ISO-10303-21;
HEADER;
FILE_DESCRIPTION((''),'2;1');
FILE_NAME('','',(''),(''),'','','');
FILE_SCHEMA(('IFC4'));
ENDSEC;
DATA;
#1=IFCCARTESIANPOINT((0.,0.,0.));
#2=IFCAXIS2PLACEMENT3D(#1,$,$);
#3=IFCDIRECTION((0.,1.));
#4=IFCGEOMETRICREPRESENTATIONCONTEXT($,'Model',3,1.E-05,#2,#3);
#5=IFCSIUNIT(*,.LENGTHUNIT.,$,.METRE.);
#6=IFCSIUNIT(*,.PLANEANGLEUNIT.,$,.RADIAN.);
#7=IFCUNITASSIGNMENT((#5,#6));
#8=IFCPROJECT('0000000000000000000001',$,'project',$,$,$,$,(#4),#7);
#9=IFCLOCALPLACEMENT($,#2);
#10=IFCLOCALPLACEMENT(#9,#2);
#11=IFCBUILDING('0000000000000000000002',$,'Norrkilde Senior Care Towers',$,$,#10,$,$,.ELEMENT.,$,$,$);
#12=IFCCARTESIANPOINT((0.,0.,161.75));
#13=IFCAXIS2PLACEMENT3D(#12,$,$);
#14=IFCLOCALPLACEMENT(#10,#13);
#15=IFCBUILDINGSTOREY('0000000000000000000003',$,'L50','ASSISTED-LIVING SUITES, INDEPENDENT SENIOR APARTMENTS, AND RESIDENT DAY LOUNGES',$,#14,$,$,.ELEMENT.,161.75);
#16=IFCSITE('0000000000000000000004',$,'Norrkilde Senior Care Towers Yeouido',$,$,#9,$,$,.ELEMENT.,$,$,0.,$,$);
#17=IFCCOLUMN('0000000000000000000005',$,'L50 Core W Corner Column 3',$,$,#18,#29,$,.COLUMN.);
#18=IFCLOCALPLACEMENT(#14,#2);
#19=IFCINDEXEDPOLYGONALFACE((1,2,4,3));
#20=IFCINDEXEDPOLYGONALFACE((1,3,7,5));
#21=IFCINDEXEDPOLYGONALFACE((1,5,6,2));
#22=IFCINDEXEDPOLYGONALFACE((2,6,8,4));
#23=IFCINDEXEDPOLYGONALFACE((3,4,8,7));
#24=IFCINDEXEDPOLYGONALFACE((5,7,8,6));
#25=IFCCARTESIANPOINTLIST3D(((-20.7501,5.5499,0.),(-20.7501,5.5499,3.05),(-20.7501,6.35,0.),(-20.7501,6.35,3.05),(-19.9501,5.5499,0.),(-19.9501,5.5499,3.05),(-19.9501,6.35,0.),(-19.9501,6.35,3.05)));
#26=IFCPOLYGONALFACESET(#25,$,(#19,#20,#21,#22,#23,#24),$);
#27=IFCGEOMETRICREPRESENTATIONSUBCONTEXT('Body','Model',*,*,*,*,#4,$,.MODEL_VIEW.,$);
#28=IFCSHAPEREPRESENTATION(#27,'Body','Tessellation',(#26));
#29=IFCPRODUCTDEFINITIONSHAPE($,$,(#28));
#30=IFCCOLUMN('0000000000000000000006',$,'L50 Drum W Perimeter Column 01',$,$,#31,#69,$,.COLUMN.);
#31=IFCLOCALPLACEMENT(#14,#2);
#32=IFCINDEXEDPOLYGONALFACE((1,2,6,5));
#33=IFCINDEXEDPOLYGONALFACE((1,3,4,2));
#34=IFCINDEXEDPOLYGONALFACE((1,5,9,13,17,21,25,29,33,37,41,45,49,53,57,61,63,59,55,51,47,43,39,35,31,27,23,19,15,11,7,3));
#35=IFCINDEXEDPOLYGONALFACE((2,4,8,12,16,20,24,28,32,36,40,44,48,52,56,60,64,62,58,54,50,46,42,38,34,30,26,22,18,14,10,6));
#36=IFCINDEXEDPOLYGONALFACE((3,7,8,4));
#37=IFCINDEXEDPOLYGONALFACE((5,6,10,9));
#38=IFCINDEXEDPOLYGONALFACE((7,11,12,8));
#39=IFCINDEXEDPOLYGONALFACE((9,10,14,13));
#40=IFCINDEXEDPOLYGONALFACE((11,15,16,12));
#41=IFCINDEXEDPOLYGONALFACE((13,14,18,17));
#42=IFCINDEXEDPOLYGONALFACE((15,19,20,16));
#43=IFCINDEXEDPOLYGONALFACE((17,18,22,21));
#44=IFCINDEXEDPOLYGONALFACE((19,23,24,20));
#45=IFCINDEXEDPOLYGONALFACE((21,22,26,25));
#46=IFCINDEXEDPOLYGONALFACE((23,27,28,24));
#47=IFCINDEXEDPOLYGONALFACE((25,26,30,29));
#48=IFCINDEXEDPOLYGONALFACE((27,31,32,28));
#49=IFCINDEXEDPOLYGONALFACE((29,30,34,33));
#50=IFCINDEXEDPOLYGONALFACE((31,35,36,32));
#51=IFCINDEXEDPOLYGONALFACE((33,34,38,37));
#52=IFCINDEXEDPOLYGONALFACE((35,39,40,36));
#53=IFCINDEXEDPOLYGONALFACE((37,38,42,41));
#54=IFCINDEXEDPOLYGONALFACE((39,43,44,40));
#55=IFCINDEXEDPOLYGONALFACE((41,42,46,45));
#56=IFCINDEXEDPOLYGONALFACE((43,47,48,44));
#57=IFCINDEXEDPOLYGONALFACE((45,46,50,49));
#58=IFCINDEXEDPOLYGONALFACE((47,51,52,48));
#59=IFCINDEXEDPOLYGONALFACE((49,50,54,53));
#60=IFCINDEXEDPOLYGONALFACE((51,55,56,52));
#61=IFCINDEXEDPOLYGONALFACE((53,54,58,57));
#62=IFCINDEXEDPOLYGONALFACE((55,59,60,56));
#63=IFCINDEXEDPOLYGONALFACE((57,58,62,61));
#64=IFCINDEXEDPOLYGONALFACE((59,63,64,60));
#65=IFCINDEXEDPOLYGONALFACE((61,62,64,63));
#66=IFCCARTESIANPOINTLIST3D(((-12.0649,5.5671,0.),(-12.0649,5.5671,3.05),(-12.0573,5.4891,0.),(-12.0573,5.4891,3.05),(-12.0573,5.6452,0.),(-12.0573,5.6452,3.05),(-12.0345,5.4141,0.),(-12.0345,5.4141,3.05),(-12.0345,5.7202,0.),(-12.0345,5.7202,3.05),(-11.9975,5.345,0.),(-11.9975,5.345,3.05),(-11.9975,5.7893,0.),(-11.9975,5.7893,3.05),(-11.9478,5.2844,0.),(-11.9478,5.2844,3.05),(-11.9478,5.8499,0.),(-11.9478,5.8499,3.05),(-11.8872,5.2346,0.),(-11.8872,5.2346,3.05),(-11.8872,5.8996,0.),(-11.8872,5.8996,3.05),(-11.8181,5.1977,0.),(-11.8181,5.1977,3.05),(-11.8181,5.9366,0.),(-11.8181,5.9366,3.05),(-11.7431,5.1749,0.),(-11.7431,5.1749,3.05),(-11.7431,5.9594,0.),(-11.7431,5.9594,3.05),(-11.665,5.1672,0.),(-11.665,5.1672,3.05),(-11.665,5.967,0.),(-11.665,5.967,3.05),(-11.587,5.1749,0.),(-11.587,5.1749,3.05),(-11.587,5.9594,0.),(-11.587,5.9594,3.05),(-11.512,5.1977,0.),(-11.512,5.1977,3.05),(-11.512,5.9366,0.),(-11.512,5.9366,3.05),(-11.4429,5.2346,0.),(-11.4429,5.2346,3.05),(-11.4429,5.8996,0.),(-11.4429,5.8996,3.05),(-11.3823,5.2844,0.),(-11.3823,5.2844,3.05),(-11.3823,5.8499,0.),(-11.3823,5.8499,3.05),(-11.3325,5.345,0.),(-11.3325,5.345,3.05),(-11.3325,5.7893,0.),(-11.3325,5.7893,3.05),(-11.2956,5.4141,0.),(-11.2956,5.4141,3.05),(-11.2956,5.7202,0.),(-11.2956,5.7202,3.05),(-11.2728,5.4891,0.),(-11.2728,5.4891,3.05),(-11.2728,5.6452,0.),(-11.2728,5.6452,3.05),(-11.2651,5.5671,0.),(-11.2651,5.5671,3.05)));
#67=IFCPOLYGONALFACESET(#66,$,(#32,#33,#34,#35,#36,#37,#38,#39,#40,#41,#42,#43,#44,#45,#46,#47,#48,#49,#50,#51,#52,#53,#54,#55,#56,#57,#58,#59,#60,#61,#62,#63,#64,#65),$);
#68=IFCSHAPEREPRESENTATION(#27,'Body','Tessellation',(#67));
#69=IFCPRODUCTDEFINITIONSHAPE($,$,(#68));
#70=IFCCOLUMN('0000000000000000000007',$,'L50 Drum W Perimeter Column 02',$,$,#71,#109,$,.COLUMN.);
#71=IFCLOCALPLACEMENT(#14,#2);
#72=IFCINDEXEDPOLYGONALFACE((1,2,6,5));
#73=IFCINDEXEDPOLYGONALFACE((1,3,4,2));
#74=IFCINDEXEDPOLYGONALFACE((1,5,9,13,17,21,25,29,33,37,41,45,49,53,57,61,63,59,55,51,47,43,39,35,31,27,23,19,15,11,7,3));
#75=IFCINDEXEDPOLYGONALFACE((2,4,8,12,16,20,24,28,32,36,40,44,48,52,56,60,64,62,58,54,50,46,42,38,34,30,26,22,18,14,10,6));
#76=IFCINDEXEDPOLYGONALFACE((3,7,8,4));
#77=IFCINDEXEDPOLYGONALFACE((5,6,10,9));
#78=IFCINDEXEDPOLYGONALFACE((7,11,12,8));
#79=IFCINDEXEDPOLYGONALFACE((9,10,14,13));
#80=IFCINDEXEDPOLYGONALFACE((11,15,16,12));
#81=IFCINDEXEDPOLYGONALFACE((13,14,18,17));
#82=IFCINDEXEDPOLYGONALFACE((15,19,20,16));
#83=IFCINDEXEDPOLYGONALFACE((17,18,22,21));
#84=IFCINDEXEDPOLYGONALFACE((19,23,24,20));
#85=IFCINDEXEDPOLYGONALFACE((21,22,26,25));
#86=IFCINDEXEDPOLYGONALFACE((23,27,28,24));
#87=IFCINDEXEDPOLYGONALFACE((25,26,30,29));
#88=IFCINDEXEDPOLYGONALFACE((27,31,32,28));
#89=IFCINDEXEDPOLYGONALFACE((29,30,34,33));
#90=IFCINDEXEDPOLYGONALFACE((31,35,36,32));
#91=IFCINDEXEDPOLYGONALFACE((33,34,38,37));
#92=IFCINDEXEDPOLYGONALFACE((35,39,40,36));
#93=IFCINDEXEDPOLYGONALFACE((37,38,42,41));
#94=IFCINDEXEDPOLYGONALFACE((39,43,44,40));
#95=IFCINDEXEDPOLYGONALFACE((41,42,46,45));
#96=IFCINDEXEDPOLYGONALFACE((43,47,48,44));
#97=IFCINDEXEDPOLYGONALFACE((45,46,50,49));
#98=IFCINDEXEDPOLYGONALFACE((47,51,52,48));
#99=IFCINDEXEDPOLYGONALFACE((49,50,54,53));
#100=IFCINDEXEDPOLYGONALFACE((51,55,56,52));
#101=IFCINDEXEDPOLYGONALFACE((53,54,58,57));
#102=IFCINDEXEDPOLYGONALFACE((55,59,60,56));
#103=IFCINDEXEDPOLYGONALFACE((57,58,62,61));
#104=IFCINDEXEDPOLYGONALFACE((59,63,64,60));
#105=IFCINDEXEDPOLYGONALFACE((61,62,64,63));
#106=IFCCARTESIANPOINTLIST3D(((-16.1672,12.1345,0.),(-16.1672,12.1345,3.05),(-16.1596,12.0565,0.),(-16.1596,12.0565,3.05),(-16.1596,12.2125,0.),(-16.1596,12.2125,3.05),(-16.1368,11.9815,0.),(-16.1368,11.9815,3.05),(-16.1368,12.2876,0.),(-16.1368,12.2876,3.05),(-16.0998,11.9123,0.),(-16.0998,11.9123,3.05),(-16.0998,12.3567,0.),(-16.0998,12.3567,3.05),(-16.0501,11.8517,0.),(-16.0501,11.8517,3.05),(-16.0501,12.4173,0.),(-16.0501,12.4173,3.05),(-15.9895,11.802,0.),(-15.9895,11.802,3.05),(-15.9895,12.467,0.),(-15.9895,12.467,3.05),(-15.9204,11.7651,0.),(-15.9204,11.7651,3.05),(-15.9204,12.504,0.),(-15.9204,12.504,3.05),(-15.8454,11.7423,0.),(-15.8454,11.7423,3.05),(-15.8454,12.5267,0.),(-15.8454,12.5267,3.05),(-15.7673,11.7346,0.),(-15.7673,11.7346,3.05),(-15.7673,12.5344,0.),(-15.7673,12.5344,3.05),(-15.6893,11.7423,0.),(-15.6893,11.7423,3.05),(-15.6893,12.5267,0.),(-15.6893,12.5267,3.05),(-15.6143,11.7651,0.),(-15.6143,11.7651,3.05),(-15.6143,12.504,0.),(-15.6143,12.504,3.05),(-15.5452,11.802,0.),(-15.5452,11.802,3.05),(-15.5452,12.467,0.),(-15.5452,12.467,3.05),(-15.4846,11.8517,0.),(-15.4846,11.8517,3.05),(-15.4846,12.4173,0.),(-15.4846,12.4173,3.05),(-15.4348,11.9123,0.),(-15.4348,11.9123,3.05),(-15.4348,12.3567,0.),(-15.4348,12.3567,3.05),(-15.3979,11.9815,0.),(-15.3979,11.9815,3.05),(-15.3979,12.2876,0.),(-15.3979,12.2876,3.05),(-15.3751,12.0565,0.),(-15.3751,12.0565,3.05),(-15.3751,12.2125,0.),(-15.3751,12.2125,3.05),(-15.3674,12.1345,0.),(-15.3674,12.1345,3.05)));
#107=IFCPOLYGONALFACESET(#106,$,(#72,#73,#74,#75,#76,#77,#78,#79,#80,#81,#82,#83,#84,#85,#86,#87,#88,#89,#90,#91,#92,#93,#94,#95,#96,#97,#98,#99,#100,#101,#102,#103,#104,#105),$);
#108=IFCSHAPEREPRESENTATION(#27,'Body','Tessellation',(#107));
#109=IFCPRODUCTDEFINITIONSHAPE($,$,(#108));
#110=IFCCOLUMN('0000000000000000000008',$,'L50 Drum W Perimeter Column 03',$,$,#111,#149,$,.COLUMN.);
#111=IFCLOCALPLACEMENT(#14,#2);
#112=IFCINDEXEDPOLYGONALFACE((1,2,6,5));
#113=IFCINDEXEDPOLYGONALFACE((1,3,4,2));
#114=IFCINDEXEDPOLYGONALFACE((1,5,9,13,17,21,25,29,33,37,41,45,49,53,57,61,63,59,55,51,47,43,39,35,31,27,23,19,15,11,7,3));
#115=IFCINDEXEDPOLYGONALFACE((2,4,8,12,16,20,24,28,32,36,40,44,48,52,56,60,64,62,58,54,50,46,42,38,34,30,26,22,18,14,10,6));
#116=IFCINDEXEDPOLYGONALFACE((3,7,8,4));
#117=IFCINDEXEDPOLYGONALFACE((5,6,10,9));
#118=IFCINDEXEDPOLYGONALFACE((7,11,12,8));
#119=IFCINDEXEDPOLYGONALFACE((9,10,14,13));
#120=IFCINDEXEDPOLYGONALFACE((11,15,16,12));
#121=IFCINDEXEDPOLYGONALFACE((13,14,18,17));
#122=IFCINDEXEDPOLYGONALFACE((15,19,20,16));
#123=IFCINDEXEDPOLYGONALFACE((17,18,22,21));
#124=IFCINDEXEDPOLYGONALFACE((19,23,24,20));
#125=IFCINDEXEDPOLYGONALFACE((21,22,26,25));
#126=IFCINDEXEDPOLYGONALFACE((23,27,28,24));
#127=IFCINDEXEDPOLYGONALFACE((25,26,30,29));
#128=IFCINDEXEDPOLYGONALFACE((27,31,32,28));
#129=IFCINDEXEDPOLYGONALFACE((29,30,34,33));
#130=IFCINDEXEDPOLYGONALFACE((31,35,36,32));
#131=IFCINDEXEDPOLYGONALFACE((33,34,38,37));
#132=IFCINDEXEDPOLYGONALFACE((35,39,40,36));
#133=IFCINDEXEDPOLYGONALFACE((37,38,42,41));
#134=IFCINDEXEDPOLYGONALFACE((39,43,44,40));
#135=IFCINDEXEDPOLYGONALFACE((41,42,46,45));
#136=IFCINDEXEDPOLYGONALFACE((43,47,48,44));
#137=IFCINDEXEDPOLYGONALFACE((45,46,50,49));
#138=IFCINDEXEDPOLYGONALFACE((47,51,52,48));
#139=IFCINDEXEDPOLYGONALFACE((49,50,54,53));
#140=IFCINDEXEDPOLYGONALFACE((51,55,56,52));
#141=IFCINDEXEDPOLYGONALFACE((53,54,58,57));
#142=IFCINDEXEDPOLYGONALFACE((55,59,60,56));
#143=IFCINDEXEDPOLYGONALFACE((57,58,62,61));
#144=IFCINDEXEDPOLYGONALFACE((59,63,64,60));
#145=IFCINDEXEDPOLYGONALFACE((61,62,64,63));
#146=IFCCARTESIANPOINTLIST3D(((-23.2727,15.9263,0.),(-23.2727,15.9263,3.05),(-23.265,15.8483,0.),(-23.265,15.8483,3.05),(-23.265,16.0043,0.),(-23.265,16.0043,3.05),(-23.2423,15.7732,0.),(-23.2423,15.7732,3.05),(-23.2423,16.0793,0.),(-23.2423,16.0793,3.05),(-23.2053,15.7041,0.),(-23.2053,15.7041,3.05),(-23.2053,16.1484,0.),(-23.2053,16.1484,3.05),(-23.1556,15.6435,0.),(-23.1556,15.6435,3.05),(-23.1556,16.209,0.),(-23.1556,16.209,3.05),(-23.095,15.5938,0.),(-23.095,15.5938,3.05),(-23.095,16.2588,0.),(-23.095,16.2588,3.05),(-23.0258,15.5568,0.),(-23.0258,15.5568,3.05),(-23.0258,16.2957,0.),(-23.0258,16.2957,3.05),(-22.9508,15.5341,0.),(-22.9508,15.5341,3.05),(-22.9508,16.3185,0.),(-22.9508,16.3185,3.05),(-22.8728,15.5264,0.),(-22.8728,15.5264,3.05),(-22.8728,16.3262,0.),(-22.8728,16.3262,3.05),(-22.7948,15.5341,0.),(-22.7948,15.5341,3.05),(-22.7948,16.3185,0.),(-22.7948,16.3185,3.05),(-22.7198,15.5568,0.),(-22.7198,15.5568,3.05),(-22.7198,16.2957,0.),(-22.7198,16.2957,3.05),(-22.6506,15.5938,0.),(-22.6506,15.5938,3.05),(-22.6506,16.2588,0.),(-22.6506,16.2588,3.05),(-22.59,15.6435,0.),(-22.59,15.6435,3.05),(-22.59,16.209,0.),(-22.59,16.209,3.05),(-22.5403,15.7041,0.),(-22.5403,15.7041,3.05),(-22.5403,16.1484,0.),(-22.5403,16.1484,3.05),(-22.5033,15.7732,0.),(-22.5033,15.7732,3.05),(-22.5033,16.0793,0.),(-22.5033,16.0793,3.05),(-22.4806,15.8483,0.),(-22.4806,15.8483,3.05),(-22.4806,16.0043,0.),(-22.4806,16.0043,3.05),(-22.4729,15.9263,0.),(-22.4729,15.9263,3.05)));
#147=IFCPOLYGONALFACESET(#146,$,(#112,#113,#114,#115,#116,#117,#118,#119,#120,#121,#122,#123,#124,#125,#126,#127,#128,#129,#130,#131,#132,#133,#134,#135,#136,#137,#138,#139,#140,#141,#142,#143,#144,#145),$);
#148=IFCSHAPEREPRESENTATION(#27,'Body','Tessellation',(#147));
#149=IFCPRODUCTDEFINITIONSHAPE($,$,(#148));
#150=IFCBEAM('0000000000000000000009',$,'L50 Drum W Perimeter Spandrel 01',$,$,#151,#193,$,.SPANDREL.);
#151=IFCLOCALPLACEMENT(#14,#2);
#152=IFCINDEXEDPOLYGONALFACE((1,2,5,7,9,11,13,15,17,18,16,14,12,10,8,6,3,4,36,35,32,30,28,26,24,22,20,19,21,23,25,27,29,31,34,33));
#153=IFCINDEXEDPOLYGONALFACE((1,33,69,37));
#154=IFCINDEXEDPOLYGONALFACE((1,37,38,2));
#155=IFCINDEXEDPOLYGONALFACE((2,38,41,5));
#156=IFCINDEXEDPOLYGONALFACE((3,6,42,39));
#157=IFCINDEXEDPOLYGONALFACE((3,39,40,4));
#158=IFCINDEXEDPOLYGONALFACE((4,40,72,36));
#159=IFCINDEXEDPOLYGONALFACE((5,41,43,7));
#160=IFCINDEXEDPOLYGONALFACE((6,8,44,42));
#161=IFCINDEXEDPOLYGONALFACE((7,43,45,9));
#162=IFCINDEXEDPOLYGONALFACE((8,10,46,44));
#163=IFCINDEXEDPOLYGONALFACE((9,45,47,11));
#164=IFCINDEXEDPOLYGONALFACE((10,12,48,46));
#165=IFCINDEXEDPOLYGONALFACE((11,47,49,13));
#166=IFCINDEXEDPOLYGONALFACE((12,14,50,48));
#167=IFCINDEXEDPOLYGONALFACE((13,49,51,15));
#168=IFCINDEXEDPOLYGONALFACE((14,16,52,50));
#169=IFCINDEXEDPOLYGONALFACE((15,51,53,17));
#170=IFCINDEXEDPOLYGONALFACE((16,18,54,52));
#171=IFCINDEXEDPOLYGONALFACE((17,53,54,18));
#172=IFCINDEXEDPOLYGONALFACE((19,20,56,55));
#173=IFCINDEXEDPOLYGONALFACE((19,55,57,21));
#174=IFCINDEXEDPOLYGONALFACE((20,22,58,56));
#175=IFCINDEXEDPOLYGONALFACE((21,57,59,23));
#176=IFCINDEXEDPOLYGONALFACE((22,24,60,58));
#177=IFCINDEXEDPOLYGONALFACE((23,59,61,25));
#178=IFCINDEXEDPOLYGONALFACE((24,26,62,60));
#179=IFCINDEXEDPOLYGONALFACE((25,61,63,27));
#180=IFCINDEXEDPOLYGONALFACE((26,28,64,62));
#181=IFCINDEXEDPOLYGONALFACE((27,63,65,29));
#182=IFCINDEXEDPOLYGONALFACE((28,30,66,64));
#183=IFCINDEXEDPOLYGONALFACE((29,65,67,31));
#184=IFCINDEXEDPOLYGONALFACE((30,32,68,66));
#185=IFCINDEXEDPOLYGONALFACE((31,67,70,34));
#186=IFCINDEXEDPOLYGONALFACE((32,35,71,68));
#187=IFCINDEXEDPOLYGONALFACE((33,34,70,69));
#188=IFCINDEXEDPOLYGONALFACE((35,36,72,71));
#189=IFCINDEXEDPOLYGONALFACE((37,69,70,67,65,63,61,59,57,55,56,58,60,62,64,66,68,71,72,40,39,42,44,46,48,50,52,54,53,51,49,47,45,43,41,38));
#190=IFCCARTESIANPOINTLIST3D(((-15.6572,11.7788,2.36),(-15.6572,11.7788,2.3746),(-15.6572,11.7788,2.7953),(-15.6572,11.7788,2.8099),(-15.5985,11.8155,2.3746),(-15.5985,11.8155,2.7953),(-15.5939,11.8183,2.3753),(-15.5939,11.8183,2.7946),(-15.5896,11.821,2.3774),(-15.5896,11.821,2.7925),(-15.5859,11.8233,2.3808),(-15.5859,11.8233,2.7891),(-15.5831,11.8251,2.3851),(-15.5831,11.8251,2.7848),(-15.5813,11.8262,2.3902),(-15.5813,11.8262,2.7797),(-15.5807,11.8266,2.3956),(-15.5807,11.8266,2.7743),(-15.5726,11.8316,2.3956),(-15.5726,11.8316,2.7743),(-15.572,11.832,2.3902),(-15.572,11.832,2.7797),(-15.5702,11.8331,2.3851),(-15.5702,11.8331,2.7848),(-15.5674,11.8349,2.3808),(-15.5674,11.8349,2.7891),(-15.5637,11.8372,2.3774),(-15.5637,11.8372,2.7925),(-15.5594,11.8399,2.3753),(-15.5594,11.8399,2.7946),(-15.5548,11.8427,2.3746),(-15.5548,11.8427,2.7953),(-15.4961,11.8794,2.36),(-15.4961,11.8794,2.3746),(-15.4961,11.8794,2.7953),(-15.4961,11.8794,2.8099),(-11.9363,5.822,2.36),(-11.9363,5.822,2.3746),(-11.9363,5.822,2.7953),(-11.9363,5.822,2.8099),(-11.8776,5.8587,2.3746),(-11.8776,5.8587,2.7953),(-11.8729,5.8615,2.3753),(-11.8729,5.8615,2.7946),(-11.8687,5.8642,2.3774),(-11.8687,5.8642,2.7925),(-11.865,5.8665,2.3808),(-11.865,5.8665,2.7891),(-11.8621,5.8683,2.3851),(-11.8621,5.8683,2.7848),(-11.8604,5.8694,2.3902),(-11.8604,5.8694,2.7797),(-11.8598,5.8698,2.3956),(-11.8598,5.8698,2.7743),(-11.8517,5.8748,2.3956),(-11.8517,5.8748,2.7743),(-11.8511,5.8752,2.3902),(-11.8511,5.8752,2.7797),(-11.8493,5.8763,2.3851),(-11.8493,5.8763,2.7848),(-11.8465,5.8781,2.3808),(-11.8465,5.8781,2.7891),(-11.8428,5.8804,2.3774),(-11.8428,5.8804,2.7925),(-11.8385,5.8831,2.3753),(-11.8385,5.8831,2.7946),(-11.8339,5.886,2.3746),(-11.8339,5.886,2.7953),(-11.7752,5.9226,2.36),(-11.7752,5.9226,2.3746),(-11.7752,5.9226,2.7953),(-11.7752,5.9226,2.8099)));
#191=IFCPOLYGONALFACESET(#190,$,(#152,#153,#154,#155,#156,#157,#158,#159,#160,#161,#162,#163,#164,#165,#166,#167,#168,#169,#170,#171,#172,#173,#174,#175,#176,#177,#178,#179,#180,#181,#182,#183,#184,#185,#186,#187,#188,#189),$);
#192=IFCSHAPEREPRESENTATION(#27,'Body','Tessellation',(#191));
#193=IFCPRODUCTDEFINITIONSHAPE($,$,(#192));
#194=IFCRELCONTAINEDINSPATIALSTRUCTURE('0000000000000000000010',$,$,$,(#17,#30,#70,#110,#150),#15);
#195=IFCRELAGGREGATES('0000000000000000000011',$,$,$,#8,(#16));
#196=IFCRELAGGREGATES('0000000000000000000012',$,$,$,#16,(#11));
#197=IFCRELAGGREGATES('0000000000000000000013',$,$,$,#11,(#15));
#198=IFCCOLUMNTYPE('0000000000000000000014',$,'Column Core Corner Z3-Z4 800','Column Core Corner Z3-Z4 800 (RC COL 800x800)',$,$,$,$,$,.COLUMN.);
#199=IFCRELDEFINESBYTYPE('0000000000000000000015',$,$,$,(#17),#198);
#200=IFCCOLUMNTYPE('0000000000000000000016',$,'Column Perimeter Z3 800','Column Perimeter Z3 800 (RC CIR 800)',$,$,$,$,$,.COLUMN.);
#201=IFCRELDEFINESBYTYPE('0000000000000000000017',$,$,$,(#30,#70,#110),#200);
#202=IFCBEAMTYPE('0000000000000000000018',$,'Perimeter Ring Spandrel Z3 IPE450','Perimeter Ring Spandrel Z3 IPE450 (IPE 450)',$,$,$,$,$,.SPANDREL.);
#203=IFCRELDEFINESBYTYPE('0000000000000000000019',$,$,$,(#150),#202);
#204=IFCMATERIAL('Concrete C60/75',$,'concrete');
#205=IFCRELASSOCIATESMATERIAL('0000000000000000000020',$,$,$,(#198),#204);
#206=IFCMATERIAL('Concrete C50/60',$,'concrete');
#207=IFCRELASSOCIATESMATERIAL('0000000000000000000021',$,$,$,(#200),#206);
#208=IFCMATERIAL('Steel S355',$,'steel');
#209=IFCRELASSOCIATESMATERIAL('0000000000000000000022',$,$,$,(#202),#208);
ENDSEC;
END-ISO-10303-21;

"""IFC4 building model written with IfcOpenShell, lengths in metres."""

from ifc_helpers import new_model, si_unit, direction, frame, origin, origin_2d, place, context, subcontext, project, spatial, rectangle, circle, i_section, extrude, source, transform, mapped, material, material_profile, profile_set, type_object, type_shapes, element, save


model = new_model("IFC4")

# Units and contexts
model_context = context("Model", 3, precision=1e-05, world=origin(), true_north=direction((0.0, 1.0)))
body_context = subcontext(model_context, "Body", "Model", "MODEL_VIEW")
ifc_project = project(units=[si_unit("LENGTHUNIT", "METRE"), si_unit("PLANEANGLEUNIT", "RADIAN")], contexts=[model_context])

# Site, building, storey
site_placement = place(None, origin())
site = spatial("IfcSite", under=ifc_project, at=site_placement, Name="Norrkilde Senior Care Towers Yeouido", CompositionType="ELEMENT", RefElevation=0.0)
building_placement = place(site_placement, origin())
building = spatial("IfcBuilding", under=site, at=building_placement, Name="Norrkilde Senior Care Towers", CompositionType="ELEMENT")
storey_placement = place(building_placement, frame((0.0, 0.0, 161.75)))
storey = spatial("IfcBuildingStorey", under=building, at=storey_placement, Name="L50", Description="ASSISTED-LIVING SUITES, INDEPENDENT SENIOR APARTMENTS, AND RESIDENT DAY LOUNGES", CompositionType="ELEMENT", Elevation=161.75)

# Columns
ifc_material_1 = material(Name="Concrete C60/75", Category="concrete")
ifc_material_profile_1 = material_profile(ifc_material_1, rectangle(XDim=0.8, YDim=0.8, at=origin_2d()), Name="RC COL 800x800")
ifc_profile_set_1 = profile_set([ifc_material_profile_1], Name="Concrete C60/75")
column_type_1 = type_object("IfcColumnType", Name="Column Core Corner Z3-Z4 800", Description="Column Core Corner Z3-Z4 800 (RC COL 800x800)", PredefinedType="COLUMN", material=ifc_profile_set_1)
shared_shape_1 = source(origin(), body_context, "Body", "SweptSolid", [
    extrude(rectangle(XDim=0.8, YDim=0.8, at=origin_2d()), origin(), (0.0, 0.0, 1.0), 3.05),
])
type_shapes(column_type_1, [shared_shape_1])
column_placement = place(storey_placement, frame((-20.3501, 5.95, 0.0), z_axis=(0.0, 0.0, 1.0), x_axis=(1.0, 0.0, 0.0)))
element("IfcColumn", 1, at=column_placement, inside=storey, type_object=column_type_1, Name="L50 Core W Corner Column 3", PredefinedType="COLUMN", context=body_context, shape_type="MappedRepresentation", body=[
    mapped(shared_shape_1, transform((0.0, 0.0, 0.0), x_axis=(1.0, 0.0, 0.0), y_axis=(0.0, 1.0, 0.0), z_axis=(0.0, 0.0, 1.0), scale=1.0)),
])
ifc_material_2 = material(Name="Concrete C50/60", Category="concrete")
ifc_material_profile_2 = material_profile(ifc_material_2, circle(Radius=0.3999, at=origin_2d()), Name="RC CIR 800")
ifc_profile_set_2 = profile_set([ifc_material_profile_2], Name="Concrete C50/60")
column_type_2 = type_object("IfcColumnType", Name="Column Perimeter Z3 800", Description="Column Perimeter Z3 800 (RC CIR 800)", PredefinedType="COLUMN", material=ifc_profile_set_2)
shared_shape_2 = source(origin(), body_context, "Body", "SweptSolid", [
    extrude(circle(Radius=0.3999, at=origin_2d()), origin(), (0.0, 0.0, 1.0), 3.05),
])
type_shapes(column_type_2, [shared_shape_2])
for number, where, z_axis, x_axis, name in (
    (2, (-11.665, 5.5671, 0.0), (0.0, 0.0, 1.0), (1.0, 0.0, 0.0), "L50 Drum W Perimeter Column 01"),
    (3, (-15.7673, 12.1345, 0.0), (0.0, 0.0, 1.0), (1.0, 0.0, 0.0), "L50 Drum W Perimeter Column 02"),
    (4, (-22.8728, 15.9263, 0.0), (0.0, 0.0, 1.0), (1.0, 0.0, 0.0), "L50 Drum W Perimeter Column 03"),
):
    element("IfcColumn", number, at=place(storey_placement, frame(where, z_axis=z_axis, x_axis=x_axis)), inside=storey, type_object=column_type_2, Name=name, PredefinedType="COLUMN", context=body_context, shape_type="MappedRepresentation", body=[
        mapped(shared_shape_2, transform((0.0, 0.0, 0.0), x_axis=(1.0, 0.0, 0.0), y_axis=(0.0, 1.0, 0.0), z_axis=(0.0, 0.0, 1.0), scale=1.0)),
    ])

# Beam
ifc_material_3 = material(Name="Steel S355", Category="steel")
ifc_material_profile_3 = material_profile(ifc_material_3, i_section(OverallWidth=0.1899, OverallDepth=0.45, WebThickness=0.0095, FlangeThickness=0.0146, FilletRadius=0.021, at=origin_2d()), Name="IPE 450")
ifc_profile_set_3 = profile_set([ifc_material_profile_3], Name="Steel S355")
beam_type_1 = type_object("IfcBeamType", Name="Perimeter Ring Spandrel Z3 IPE450", Description="Perimeter Ring Spandrel Z3 IPE450 (IPE 450)", PredefinedType="SPANDREL", material=ifc_profile_set_3)
shared_shape_3 = source(origin(), body_context, "Body", "SweptSolid", [
    extrude(i_section(OverallWidth=0.1899, OverallDepth=0.45, WebThickness=0.0095, FlangeThickness=0.0146, FilletRadius=0.021, at=origin_2d()), origin(), (0.0, 0.0, 1.0), 7.0234),
])
beam_1_placement = place(storey_placement, frame((-11.8557, 5.8723, 2.585), z_axis=(-0.52979, 0.848129, 0.0), x_axis=(-0.848129, -0.52979, 0.0)))
element("IfcBeam", 5, at=beam_1_placement, inside=storey, type_object=beam_type_1, Name="L50 Drum W Perimeter Spandrel 01", PredefinedType="SPANDREL", context=body_context, shape_type="MappedRepresentation", body=[
    mapped(shared_shape_3, transform((0.0, 0.0, 0.0), x_axis=(1.0, 0.0, 0.0), y_axis=(0.0, 1.0, 0.0), z_axis=(0.0, 0.0, 1.0), scale=1.0)),
])

save(model, "model.ifc")
